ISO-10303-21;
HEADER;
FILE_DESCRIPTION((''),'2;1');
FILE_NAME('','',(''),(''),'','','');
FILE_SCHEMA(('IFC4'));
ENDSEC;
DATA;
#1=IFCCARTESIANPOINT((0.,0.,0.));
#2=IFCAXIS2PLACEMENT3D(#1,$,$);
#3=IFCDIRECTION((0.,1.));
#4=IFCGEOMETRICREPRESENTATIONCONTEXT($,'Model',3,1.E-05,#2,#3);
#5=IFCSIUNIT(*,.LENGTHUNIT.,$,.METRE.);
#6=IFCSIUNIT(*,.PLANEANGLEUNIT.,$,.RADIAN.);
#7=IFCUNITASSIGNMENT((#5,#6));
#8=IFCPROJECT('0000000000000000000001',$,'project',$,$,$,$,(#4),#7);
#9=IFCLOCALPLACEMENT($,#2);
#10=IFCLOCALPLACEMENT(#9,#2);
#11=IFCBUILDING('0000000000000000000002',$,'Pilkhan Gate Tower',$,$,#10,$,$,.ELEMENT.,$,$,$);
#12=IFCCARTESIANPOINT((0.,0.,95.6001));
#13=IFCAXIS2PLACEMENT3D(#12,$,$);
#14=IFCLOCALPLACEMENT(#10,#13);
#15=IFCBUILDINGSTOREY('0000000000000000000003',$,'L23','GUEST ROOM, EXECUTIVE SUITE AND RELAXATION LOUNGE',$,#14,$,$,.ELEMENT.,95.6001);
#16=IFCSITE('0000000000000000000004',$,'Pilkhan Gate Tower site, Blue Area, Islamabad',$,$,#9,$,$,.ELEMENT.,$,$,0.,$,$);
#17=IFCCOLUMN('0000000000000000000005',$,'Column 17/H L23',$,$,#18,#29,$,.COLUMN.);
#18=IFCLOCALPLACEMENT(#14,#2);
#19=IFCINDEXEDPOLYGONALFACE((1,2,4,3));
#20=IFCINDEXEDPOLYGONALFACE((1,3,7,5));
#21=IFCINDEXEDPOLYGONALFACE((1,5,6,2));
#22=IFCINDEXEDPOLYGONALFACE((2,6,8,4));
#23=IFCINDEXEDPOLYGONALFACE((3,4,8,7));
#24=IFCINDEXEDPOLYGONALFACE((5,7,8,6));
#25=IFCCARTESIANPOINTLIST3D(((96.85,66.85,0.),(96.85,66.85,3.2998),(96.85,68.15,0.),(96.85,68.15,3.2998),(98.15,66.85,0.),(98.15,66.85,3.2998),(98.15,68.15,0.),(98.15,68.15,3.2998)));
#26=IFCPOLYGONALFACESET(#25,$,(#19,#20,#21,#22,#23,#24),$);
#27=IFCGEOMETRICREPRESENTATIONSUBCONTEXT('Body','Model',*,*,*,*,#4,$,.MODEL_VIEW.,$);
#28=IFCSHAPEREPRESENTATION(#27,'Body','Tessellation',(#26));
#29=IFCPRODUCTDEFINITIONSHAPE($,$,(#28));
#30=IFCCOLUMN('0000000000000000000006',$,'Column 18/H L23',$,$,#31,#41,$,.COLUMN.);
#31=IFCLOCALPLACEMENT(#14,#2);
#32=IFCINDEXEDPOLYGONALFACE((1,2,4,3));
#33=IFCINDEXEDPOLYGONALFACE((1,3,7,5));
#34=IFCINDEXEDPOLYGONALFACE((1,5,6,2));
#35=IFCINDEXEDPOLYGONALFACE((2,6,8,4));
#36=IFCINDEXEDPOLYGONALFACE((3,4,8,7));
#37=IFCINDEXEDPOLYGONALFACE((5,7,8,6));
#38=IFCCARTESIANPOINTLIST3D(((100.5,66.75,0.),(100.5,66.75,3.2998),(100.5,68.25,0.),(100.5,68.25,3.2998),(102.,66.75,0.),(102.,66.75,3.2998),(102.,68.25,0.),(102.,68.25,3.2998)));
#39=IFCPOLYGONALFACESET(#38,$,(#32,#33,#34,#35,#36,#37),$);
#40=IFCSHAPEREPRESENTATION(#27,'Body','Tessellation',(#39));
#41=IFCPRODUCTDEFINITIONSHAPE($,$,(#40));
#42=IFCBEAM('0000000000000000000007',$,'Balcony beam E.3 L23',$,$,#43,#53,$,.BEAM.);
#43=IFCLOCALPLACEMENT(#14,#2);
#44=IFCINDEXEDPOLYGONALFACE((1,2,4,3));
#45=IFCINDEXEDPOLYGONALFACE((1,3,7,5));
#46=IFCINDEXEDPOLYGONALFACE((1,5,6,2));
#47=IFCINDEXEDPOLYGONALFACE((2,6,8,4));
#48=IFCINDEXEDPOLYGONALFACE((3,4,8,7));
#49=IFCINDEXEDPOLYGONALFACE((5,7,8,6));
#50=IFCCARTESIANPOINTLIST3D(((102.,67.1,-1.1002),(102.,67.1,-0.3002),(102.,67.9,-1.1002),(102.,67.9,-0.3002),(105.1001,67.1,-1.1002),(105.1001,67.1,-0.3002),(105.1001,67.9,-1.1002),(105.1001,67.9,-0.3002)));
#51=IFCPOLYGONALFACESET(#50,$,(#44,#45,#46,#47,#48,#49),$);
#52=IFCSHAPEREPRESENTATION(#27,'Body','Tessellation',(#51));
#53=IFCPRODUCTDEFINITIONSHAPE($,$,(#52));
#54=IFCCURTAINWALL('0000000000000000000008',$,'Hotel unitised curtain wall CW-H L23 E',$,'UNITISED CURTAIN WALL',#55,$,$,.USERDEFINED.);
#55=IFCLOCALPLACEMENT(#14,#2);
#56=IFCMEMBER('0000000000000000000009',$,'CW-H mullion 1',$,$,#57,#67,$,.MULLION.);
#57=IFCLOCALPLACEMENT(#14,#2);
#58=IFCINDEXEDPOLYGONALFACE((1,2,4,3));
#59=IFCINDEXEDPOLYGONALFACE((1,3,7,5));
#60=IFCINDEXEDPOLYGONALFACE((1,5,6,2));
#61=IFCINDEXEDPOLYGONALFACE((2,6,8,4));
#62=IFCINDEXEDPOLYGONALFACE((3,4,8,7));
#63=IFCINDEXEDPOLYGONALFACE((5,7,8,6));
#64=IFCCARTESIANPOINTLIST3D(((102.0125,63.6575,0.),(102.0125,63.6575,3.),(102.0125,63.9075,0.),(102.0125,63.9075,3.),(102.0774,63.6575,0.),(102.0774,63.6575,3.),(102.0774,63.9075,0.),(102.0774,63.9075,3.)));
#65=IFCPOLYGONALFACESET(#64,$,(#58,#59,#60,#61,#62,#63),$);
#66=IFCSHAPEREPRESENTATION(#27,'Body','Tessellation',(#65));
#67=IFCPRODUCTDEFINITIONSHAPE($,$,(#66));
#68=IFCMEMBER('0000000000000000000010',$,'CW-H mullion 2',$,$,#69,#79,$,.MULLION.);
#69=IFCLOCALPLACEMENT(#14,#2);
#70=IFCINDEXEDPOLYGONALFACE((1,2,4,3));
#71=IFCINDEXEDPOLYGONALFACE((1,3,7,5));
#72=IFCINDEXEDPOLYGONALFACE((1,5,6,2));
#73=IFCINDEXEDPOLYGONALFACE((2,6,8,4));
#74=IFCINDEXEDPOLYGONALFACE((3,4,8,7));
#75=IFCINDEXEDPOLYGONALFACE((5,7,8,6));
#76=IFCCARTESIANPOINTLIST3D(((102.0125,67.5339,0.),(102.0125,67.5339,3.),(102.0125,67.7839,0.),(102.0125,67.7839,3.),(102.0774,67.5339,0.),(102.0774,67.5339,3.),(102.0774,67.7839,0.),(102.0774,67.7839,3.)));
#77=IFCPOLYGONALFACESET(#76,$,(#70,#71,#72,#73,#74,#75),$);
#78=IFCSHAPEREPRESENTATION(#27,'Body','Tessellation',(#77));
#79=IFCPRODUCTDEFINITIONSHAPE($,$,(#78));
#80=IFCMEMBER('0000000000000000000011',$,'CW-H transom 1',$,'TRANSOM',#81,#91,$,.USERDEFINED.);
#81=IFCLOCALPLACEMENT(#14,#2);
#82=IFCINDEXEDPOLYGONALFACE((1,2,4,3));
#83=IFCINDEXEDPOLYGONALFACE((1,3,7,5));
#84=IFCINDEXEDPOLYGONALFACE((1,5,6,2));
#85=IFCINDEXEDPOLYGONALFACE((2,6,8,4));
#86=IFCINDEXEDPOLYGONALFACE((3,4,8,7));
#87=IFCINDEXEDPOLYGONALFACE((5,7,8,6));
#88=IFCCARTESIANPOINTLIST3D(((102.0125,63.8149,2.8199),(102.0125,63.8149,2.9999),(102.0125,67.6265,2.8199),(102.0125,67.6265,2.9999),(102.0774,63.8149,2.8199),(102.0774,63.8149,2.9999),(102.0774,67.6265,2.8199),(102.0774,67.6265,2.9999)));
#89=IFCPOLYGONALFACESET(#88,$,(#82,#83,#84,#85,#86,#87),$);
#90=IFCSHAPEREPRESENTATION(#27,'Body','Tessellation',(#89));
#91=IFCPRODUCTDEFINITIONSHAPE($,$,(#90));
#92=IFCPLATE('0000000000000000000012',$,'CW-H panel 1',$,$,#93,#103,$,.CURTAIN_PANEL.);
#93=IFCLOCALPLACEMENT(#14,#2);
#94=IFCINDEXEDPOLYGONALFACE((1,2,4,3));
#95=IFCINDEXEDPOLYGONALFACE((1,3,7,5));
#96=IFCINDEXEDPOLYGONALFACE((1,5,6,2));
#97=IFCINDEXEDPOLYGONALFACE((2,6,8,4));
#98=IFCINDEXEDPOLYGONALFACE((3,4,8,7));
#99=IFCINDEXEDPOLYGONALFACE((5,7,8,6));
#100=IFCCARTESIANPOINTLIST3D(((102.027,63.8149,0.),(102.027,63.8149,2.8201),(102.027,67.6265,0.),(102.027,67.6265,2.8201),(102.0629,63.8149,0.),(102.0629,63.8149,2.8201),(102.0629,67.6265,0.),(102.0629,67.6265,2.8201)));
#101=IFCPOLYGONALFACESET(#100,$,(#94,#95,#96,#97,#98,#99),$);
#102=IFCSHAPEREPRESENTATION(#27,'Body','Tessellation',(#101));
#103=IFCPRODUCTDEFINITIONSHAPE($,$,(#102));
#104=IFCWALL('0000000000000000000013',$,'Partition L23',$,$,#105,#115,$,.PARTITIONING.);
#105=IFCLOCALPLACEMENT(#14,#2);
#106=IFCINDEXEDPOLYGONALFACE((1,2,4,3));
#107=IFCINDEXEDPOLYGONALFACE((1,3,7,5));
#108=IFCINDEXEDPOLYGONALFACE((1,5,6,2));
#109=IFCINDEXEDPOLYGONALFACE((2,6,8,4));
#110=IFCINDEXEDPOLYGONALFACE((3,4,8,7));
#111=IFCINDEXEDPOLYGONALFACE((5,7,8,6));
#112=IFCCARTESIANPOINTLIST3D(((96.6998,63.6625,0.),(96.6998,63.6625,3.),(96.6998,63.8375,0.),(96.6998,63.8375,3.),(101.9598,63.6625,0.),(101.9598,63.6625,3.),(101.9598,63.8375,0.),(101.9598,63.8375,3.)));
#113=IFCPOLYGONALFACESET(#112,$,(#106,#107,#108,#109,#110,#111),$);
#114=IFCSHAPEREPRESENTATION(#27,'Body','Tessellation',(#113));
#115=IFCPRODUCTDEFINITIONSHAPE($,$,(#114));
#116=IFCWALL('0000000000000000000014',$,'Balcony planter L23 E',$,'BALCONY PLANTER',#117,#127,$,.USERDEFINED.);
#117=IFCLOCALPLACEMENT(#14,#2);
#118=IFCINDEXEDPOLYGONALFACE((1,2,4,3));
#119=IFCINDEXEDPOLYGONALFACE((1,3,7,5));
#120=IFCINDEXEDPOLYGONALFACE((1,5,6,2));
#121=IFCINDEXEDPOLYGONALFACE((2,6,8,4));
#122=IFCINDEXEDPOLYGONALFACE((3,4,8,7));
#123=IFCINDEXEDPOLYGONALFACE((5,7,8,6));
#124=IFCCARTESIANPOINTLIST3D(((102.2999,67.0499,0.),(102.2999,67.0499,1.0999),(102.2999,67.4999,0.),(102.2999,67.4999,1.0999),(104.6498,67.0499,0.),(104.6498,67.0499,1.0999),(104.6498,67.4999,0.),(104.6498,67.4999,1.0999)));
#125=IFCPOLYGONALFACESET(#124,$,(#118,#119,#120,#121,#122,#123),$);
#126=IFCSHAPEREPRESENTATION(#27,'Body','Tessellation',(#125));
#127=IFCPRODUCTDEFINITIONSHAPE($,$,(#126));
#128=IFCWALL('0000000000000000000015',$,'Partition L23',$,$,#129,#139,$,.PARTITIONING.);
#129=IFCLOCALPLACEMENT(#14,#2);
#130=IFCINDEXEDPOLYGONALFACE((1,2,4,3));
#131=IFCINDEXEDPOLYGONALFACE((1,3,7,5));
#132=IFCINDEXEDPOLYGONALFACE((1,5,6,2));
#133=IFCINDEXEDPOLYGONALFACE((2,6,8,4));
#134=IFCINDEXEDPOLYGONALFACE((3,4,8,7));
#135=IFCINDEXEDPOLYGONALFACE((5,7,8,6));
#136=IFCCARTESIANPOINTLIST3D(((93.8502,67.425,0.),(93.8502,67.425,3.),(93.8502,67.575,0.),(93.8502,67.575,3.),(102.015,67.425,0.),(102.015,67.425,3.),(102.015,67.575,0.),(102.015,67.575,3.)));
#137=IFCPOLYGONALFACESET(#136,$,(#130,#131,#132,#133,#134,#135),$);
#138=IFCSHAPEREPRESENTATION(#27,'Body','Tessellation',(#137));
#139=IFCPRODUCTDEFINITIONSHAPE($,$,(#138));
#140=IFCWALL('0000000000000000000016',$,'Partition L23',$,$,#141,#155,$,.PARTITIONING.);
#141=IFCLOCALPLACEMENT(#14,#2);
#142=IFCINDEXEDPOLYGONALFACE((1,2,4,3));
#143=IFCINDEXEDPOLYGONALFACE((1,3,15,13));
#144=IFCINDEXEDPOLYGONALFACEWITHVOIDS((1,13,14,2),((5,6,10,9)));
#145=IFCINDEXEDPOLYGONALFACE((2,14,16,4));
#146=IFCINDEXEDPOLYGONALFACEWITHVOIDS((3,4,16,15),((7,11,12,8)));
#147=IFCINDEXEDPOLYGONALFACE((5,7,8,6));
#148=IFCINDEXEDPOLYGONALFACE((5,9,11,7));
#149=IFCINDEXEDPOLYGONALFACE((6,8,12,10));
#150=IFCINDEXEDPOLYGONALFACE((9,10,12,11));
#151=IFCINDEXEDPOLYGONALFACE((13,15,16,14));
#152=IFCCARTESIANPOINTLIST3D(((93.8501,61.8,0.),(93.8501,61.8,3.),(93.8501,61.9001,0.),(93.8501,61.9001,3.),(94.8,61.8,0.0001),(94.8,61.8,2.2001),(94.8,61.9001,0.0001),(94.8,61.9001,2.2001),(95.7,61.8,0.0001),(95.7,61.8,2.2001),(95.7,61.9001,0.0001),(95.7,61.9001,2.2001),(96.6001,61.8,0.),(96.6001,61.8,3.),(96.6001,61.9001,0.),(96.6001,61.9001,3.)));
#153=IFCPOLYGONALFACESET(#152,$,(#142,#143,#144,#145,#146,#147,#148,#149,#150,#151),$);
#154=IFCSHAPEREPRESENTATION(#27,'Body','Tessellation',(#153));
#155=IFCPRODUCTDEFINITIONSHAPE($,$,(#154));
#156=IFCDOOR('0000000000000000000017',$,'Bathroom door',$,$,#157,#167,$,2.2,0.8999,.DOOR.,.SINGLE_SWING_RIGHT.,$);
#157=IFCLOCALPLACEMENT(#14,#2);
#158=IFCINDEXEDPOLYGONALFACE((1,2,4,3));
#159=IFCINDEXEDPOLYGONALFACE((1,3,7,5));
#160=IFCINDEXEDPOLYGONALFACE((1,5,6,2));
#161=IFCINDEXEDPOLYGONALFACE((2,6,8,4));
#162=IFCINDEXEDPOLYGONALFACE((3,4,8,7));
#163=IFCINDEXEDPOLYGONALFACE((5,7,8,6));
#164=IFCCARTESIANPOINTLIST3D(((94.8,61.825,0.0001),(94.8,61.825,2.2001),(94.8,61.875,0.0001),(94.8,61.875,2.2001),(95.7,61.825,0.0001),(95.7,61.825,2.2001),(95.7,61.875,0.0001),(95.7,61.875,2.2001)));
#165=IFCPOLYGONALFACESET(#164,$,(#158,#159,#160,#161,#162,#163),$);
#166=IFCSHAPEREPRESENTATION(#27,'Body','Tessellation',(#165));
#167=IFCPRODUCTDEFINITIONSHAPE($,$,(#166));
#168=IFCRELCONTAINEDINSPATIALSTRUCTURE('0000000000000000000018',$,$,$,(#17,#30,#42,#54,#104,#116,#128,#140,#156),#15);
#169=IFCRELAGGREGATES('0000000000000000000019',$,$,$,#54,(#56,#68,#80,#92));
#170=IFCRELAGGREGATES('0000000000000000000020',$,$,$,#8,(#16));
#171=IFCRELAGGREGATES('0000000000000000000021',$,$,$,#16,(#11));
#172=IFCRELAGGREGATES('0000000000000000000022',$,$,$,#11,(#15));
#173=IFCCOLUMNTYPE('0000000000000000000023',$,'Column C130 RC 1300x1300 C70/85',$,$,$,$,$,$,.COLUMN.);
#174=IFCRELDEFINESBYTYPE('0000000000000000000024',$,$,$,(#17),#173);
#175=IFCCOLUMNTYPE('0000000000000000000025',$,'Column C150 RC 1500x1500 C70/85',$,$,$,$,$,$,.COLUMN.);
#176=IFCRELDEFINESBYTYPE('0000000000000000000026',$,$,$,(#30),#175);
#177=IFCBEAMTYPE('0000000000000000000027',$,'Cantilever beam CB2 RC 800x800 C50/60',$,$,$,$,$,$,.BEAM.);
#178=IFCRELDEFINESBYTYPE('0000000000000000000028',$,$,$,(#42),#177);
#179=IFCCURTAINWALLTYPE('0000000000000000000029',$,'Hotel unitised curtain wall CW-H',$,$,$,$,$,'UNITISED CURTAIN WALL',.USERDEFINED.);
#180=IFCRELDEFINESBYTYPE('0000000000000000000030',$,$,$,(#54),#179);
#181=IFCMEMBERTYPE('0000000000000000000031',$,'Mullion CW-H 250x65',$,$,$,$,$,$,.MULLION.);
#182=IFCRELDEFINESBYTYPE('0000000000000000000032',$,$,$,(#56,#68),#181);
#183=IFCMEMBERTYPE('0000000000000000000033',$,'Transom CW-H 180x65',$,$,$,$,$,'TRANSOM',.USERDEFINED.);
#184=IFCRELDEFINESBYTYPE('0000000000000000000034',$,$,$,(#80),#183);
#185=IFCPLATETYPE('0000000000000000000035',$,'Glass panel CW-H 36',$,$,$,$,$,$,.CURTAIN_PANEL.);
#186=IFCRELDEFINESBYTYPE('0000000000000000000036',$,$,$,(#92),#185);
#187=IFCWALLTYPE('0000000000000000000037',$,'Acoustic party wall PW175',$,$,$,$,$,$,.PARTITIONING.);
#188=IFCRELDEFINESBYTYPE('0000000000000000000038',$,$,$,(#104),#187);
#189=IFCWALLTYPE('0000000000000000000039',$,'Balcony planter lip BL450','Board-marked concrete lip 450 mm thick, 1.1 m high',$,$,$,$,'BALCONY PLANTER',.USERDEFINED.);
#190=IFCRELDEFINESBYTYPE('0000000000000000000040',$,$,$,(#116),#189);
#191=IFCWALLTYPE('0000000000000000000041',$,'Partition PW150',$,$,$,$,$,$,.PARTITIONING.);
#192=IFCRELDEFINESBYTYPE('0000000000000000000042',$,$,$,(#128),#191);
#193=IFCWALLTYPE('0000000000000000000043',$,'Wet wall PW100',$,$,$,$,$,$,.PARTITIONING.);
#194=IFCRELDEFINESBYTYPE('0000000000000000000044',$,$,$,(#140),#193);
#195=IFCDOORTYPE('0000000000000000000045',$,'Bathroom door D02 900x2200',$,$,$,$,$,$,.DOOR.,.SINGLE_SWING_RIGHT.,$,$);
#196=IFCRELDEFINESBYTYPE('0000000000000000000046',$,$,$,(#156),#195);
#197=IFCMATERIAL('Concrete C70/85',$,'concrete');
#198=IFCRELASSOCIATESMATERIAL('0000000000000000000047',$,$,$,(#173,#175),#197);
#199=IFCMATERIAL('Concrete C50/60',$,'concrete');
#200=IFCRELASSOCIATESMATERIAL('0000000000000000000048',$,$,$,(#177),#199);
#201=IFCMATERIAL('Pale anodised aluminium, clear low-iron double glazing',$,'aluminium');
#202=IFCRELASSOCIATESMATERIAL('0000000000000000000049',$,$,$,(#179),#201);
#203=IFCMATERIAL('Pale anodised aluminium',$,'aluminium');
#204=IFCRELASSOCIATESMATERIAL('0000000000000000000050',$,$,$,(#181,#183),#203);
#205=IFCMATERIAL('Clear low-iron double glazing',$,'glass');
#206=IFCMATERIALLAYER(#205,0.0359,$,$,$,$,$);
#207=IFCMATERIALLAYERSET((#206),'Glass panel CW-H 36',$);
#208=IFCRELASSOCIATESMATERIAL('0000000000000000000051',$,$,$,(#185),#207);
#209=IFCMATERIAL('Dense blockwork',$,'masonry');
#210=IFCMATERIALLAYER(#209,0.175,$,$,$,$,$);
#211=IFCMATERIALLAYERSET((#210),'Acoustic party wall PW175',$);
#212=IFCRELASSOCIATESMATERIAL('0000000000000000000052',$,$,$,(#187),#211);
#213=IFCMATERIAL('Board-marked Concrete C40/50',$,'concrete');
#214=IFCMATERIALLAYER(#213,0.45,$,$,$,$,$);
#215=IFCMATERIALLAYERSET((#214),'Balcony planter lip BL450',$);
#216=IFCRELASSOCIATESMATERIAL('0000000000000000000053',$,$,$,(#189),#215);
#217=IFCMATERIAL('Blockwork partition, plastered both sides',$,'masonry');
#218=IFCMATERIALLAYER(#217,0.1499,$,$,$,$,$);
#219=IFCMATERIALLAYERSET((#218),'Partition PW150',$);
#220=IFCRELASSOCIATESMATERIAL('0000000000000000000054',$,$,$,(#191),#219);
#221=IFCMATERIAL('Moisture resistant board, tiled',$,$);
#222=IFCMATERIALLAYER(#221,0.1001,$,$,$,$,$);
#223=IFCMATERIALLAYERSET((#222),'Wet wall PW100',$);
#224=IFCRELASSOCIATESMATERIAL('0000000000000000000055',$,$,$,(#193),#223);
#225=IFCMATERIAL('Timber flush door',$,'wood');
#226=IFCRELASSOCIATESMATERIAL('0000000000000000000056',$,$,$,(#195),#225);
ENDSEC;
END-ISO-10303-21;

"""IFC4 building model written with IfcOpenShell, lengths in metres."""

from ifc_helpers import new_model, si_unit, direction, frame, frame_2d, origin, origin_2d, place, context, subcontext, project, spatial, rectangle, extrude, material, layer, layer_set, material_profile, profile_set, type_object, element, fill, aggregate, save


model = new_model("IFC4")

# Units and contexts
model_context = context("Model", 3, precision=1e-05, world=origin(), true_north=direction((0.0, 1.0)))
body_context = subcontext(model_context, "Body", "Model", "MODEL_VIEW")
ifc_project = project(units=[si_unit("LENGTHUNIT", "METRE"), si_unit("PLANEANGLEUNIT", "RADIAN")], contexts=[model_context])

# Site, building, storey
site_placement = place(None, origin())
site = spatial("IfcSite", under=ifc_project, at=site_placement, Name="Pilkhan Gate Tower site, Blue Area, Islamabad", CompositionType="ELEMENT", RefElevation=0.0)
building_placement = place(site_placement, origin())
building = spatial("IfcBuilding", under=site, at=building_placement, Name="Pilkhan Gate Tower", CompositionType="ELEMENT")
storey_placement = place(building_placement, frame((0.0, 0.0, 95.6001)))
storey = spatial("IfcBuildingStorey", under=building, at=storey_placement, Name="L23", Description="GUEST ROOM, EXECUTIVE SUITE AND RELAXATION LOUNGE", CompositionType="ELEMENT", Elevation=95.6001)

# Columns
ifc_material_1 = material(Name="Concrete C70/85", Category="concrete")
ifc_material_profile_1 = material_profile(ifc_material_1, rectangle(XDim=1.3, YDim=1.3, at=origin_2d()), Name="RC 1300x1300")
ifc_profile_set_1 = profile_set([ifc_material_profile_1], Name="Concrete C70/85")
column_type_1 = type_object("IfcColumnType", Name="Column C130 RC 1300x1300 C70/85", PredefinedType="COLUMN", material=ifc_profile_set_1)
column_1_placement = place(storey_placement, frame((97.5, 67.5, 0.0), z_axis=(0.0, 0.0, 1.0), x_axis=(1.0, 0.0, 0.0)))
element("IfcColumn", 1, at=column_1_placement, inside=storey, type_object=column_type_1, Name="Column 17/H L23", PredefinedType="COLUMN", context=body_context, shape_type="SweptSolid", body=[
    extrude(rectangle(XDim=1.3, YDim=1.3, at=origin_2d()), origin(), (0.0, 0.0, 1.0), 3.2998),
])
ifc_material_profile_2 = material_profile(ifc_material_1, rectangle(XDim=1.5, YDim=1.5, at=origin_2d()), Name="RC 1500x1500")
ifc_profile_set_2 = profile_set([ifc_material_profile_2], Name="Concrete C70/85")
column_type_2 = type_object("IfcColumnType", Name="Column C150 RC 1500x1500 C70/85", PredefinedType="COLUMN", material=ifc_profile_set_2)
column_2_placement = place(storey_placement, frame((101.25, 67.5, 0.0), z_axis=(0.0, 0.0, 1.0), x_axis=(1.0, 0.0, 0.0)))
element("IfcColumn", 2, at=column_2_placement, inside=storey, type_object=column_type_2, Name="Column 18/H L23", PredefinedType="COLUMN", context=body_context, shape_type="SweptSolid", body=[
    extrude(rectangle(XDim=1.5, YDim=1.5, at=origin_2d()), origin(), (0.0, 0.0, 1.0), 3.2998),
])

# Beam
ifc_material_2 = material(Name="Concrete C50/60", Category="concrete")
ifc_material_profile_3 = material_profile(ifc_material_2, rectangle(XDim=0.8, YDim=0.8, at=origin_2d()), Name="RC 800x800")
ifc_profile_set_3 = profile_set([ifc_material_profile_3], Name="Concrete C50/60")
beam_type = type_object("IfcBeamType", Name="Cantilever beam CB2 RC 800x800 C50/60", PredefinedType="BEAM", material=ifc_profile_set_3)
beam_placement = place(storey_placement, frame((102.0, 67.5, -0.7002), z_axis=(1.0, 0.0, 0.0), x_axis=(0.0, 1.0, 0.0)))
element("IfcBeam", 3, at=beam_placement, inside=storey, type_object=beam_type, Name="Balcony beam E.3 L23", PredefinedType="BEAM", context=body_context, shape_type="SweptSolid", body=[
    extrude(rectangle(XDim=0.8, YDim=0.8, at=origin_2d()), origin(), (0.0, 0.0, 1.0), 3.1001),
])

# Curtain wall, members, plate
ifc_material_3 = material(Name="Pale anodised aluminium, clear low-iron double glazing", Category="aluminium")
curtain_wall_type = type_object("IfcCurtainWallType", Name="Hotel unitised curtain wall CW-H", ElementType="UNITISED CURTAIN WALL", PredefinedType="USERDEFINED", material=ifc_material_3)
curtain_wall_placement = place(storey_placement, origin())
curtain_wall = element("IfcCurtainWall", 4, at=curtain_wall_placement, inside=storey, type_object=curtain_wall_type, Name="Hotel unitised curtain wall CW-H L23 E", ObjectType="UNITISED CURTAIN WALL", PredefinedType="USERDEFINED")
ifc_material_4 = material(Name="Pale anodised aluminium", Category="aluminium")
ifc_material_profile_4 = material_profile(ifc_material_4, rectangle(XDim=0.0649, YDim=0.25, at=origin_2d()), Name="Mullion 250x65")
ifc_profile_set_4 = profile_set([ifc_material_profile_4], Name="Pale anodised aluminium")
member_type_1 = type_object("IfcMemberType", Name="Mullion CW-H 250x65", PredefinedType="MULLION", material=ifc_profile_set_4)
member_1_placement = place(storey_placement, frame((102.0449, 63.7825, 0.0), z_axis=(0.0, 0.0, 1.0), x_axis=(-1.0, 0.0, 0.0)))
member_1 = element("IfcMember", 5, at=member_1_placement, type_object=member_type_1, Name="CW-H mullion 1", PredefinedType="MULLION", context=body_context, shape_type="SweptSolid", body=[
    extrude(rectangle(XDim=0.0649, YDim=0.25, at=origin_2d()), origin(), (0.0, 0.0, 1.0), 3.0),
])
member_2_placement = place(storey_placement, frame((102.0449, 67.6589, 0.0), z_axis=(0.0, 0.0, 1.0), x_axis=(-1.0, 0.0, 0.0)))
member_2 = element("IfcMember", 6, at=member_2_placement, type_object=member_type_1, Name="CW-H mullion 2", PredefinedType="MULLION", context=body_context, shape_type="SweptSolid", body=[
    extrude(rectangle(XDim=0.0649, YDim=0.25, at=origin_2d()), origin(), (0.0, 0.0, 1.0), 3.0),
])
ifc_material_profile_5 = material_profile(ifc_material_4, rectangle(XDim=0.0649, YDim=0.1799, at=origin_2d()), Name="Transom 180x65")
ifc_profile_set_5 = profile_set([ifc_material_profile_5], Name="Pale anodised aluminium")
member_type_2 = type_object("IfcMemberType", Name="Transom CW-H 180x65", ElementType="TRANSOM", PredefinedType="USERDEFINED", material=ifc_profile_set_5)
member_3_placement = place(storey_placement, frame((102.0449, 63.8149, 2.9099), z_axis=(0.0, 1.0, 0.0), x_axis=(-1.0, 0.0, 0.0)))
member_3 = element("IfcMember", 7, at=member_3_placement, type_object=member_type_2, Name="CW-H transom 1", ObjectType="TRANSOM", PredefinedType="USERDEFINED", context=body_context, shape_type="SweptSolid", body=[
    extrude(rectangle(XDim=0.0649, YDim=0.1799, at=origin_2d()), origin(), (0.0, 0.0, 1.0), 3.8115),
])
ifc_material_5 = material(Name="Clear low-iron double glazing", Category="glass")
ifc_layer_1 = layer(ifc_material_5, 0.0359)
ifc_layer_set_1 = layer_set([ifc_layer_1], Name="Glass panel CW-H 36")
plate_type = type_object("IfcPlateType", Name="Glass panel CW-H 36", PredefinedType="CURTAIN_PANEL", material=ifc_layer_set_1)
plate_placement = place(storey_placement, frame((102.0449, 65.7207, 0.0), z_axis=(0.0, 0.0, 1.0), x_axis=(0.0, 1.0, 0.0)))
plate = element("IfcPlate", 8, at=plate_placement, type_object=plate_type, Name="CW-H panel 1", PredefinedType="CURTAIN_PANEL", context=body_context, shape_type="SweptSolid", body=[
    extrude(rectangle(XDim=3.8115, YDim=0.0359, at=origin_2d()), origin(), (0.0, 0.0, 1.0), 2.8201),
])
aggregate(curtain_wall, [member_1, member_2, member_3, plate])

# Walls
ifc_material_6 = material(Name="Dense blockwork", Category="masonry")
ifc_layer_2 = layer(ifc_material_6, 0.175)
ifc_layer_set_2 = layer_set([ifc_layer_2], Name="Acoustic party wall PW175")
wall_type_1 = type_object("IfcWallType", Name="Acoustic party wall PW175", PredefinedType="PARTITIONING", material=ifc_layer_set_2)
wall_1_placement = place(storey_placement, frame((96.7, 63.75, 0.0), z_axis=(0.0, 0.0, 1.0), x_axis=(1.0, 0.0, 0.0)))
element("IfcWall", 9, at=wall_1_placement, inside=storey, type_object=wall_type_1, Name="Partition L23", PredefinedType="PARTITIONING", context=body_context, shape_type="SweptSolid", body=[
    extrude(rectangle(XDim=5.26, YDim=0.175, at=frame_2d((2.6299, 0.0))), origin(), (0.0, 0.0, 1.0), 3.0),
])
ifc_material_7 = material(Name="Board-marked Concrete C40/50", Category="concrete")
ifc_layer_3 = layer(ifc_material_7, 0.45)
ifc_layer_set_3 = layer_set([ifc_layer_3], Name="Balcony planter lip BL450")
wall_type_2 = type_object("IfcWallType", Name="Balcony planter lip BL450", Description="Board-marked concrete lip 450 mm thick, 1.1 m high", ElementType="BALCONY PLANTER", PredefinedType="USERDEFINED", material=ifc_layer_set_3)
wall_2_placement = place(storey_placement, frame((102.3, 67.2749, 0.0), z_axis=(0.0, 0.0, 1.0), x_axis=(1.0, 0.0, 0.0)))
element("IfcWall", 10, at=wall_2_placement, inside=storey, type_object=wall_type_2, Name="Balcony planter L23 E", ObjectType="BALCONY PLANTER", PredefinedType="USERDEFINED", context=body_context, shape_type="SweptSolid", body=[
    extrude(rectangle(XDim=2.3499, YDim=0.45, at=frame_2d((1.1748, 0.0))), origin(), (0.0, 0.0, 1.0), 1.0999),
])
ifc_material_8 = material(Name="Blockwork partition, plastered both sides", Category="masonry")
ifc_layer_4 = layer(ifc_material_8, 0.1499)
ifc_layer_set_4 = layer_set([ifc_layer_4], Name="Partition PW150")
wall_type_3 = type_object("IfcWallType", Name="Partition PW150", PredefinedType="PARTITIONING", material=ifc_layer_set_4)
wall_3_placement = place(storey_placement, frame((93.8501, 67.5, 0.0), z_axis=(0.0, 0.0, 1.0), x_axis=(1.0, 0.0, 0.0)))
element("IfcWall", 11, at=wall_3_placement, inside=storey, type_object=wall_type_3, Name="Partition L23", PredefinedType="PARTITIONING", context=body_context, shape_type="SweptSolid", body=[
    extrude(rectangle(XDim=8.1648, YDim=0.1499, at=frame_2d((4.0825, 0.0))), origin(), (0.0, 0.0, 1.0), 3.0),
])

# Wall, opening, door
ifc_material_9 = material(Name="Moisture resistant board, tiled")
ifc_layer_5 = layer(ifc_material_9, 0.1001)
ifc_layer_set_5 = layer_set([ifc_layer_5], Name="Wet wall PW100")
wall_type_4 = type_object("IfcWallType", Name="Wet wall PW100", PredefinedType="PARTITIONING", material=ifc_layer_set_5)
wall_4_placement = place(storey_placement, frame((93.8501, 61.8501, 0.0), z_axis=(0.0, 0.0, 1.0), x_axis=(1.0, 0.0, 0.0)))
wall_4 = element("IfcWall", 12, at=wall_4_placement, inside=storey, type_object=wall_type_4, Name="Partition L23", PredefinedType="PARTITIONING", context=body_context, shape_type="SweptSolid", body=[
    extrude(rectangle(XDim=2.75, YDim=0.1001, at=frame_2d((1.375, 0.0))), origin(), (0.0, 0.0, 1.0), 3.0),
])
opening_1_placement = place(wall_4_placement, frame((0.95, 0.0, 0.0)))
opening_1 = element("IfcOpeningElement", 13, at=opening_1_placement, cuts=wall_4, PredefinedType="OPENING", context=body_context, shape_type="SweptSolid", body=[
    extrude(rectangle(XDim=0.8999, YDim=2.2, at=frame_2d((0.45, 1.1001))), frame((0.0, 0.0601, 0.0), z_axis=(0.0, -1.0, 0.0), x_axis=(1.0, 0.0, 0.0)), (0.0, 0.0, 1.0), 0.1201),
])
ifc_material_10 = material(Name="Timber flush door", Category="wood")
door_type = type_object("IfcDoorType", Name="Bathroom door D02 900x2200", OperationType="SINGLE_SWING_RIGHT", PredefinedType="DOOR", material=ifc_material_10)
door_1_placement = place(opening_1_placement, origin())
door_1 = element("IfcDoor", 14, at=door_1_placement, inside=storey, type_object=door_type, Name="Bathroom door", OperationType="SINGLE_SWING_RIGHT", OverallHeight=2.2, OverallWidth=0.8999, PredefinedType="DOOR", context=body_context, shape_type="SweptSolid", body=[
    extrude(rectangle(XDim=0.8999, YDim=2.2, at=frame_2d((0.45, 1.1001))), frame((0.0, 0.0249, 0.0), z_axis=(0.0, -1.0, 0.0), x_axis=(1.0, 0.0, 0.0)), (0.0, 0.0, 1.0), 0.05),
])
fill(opening_1, door_1)

save(model, "model.ifc")
